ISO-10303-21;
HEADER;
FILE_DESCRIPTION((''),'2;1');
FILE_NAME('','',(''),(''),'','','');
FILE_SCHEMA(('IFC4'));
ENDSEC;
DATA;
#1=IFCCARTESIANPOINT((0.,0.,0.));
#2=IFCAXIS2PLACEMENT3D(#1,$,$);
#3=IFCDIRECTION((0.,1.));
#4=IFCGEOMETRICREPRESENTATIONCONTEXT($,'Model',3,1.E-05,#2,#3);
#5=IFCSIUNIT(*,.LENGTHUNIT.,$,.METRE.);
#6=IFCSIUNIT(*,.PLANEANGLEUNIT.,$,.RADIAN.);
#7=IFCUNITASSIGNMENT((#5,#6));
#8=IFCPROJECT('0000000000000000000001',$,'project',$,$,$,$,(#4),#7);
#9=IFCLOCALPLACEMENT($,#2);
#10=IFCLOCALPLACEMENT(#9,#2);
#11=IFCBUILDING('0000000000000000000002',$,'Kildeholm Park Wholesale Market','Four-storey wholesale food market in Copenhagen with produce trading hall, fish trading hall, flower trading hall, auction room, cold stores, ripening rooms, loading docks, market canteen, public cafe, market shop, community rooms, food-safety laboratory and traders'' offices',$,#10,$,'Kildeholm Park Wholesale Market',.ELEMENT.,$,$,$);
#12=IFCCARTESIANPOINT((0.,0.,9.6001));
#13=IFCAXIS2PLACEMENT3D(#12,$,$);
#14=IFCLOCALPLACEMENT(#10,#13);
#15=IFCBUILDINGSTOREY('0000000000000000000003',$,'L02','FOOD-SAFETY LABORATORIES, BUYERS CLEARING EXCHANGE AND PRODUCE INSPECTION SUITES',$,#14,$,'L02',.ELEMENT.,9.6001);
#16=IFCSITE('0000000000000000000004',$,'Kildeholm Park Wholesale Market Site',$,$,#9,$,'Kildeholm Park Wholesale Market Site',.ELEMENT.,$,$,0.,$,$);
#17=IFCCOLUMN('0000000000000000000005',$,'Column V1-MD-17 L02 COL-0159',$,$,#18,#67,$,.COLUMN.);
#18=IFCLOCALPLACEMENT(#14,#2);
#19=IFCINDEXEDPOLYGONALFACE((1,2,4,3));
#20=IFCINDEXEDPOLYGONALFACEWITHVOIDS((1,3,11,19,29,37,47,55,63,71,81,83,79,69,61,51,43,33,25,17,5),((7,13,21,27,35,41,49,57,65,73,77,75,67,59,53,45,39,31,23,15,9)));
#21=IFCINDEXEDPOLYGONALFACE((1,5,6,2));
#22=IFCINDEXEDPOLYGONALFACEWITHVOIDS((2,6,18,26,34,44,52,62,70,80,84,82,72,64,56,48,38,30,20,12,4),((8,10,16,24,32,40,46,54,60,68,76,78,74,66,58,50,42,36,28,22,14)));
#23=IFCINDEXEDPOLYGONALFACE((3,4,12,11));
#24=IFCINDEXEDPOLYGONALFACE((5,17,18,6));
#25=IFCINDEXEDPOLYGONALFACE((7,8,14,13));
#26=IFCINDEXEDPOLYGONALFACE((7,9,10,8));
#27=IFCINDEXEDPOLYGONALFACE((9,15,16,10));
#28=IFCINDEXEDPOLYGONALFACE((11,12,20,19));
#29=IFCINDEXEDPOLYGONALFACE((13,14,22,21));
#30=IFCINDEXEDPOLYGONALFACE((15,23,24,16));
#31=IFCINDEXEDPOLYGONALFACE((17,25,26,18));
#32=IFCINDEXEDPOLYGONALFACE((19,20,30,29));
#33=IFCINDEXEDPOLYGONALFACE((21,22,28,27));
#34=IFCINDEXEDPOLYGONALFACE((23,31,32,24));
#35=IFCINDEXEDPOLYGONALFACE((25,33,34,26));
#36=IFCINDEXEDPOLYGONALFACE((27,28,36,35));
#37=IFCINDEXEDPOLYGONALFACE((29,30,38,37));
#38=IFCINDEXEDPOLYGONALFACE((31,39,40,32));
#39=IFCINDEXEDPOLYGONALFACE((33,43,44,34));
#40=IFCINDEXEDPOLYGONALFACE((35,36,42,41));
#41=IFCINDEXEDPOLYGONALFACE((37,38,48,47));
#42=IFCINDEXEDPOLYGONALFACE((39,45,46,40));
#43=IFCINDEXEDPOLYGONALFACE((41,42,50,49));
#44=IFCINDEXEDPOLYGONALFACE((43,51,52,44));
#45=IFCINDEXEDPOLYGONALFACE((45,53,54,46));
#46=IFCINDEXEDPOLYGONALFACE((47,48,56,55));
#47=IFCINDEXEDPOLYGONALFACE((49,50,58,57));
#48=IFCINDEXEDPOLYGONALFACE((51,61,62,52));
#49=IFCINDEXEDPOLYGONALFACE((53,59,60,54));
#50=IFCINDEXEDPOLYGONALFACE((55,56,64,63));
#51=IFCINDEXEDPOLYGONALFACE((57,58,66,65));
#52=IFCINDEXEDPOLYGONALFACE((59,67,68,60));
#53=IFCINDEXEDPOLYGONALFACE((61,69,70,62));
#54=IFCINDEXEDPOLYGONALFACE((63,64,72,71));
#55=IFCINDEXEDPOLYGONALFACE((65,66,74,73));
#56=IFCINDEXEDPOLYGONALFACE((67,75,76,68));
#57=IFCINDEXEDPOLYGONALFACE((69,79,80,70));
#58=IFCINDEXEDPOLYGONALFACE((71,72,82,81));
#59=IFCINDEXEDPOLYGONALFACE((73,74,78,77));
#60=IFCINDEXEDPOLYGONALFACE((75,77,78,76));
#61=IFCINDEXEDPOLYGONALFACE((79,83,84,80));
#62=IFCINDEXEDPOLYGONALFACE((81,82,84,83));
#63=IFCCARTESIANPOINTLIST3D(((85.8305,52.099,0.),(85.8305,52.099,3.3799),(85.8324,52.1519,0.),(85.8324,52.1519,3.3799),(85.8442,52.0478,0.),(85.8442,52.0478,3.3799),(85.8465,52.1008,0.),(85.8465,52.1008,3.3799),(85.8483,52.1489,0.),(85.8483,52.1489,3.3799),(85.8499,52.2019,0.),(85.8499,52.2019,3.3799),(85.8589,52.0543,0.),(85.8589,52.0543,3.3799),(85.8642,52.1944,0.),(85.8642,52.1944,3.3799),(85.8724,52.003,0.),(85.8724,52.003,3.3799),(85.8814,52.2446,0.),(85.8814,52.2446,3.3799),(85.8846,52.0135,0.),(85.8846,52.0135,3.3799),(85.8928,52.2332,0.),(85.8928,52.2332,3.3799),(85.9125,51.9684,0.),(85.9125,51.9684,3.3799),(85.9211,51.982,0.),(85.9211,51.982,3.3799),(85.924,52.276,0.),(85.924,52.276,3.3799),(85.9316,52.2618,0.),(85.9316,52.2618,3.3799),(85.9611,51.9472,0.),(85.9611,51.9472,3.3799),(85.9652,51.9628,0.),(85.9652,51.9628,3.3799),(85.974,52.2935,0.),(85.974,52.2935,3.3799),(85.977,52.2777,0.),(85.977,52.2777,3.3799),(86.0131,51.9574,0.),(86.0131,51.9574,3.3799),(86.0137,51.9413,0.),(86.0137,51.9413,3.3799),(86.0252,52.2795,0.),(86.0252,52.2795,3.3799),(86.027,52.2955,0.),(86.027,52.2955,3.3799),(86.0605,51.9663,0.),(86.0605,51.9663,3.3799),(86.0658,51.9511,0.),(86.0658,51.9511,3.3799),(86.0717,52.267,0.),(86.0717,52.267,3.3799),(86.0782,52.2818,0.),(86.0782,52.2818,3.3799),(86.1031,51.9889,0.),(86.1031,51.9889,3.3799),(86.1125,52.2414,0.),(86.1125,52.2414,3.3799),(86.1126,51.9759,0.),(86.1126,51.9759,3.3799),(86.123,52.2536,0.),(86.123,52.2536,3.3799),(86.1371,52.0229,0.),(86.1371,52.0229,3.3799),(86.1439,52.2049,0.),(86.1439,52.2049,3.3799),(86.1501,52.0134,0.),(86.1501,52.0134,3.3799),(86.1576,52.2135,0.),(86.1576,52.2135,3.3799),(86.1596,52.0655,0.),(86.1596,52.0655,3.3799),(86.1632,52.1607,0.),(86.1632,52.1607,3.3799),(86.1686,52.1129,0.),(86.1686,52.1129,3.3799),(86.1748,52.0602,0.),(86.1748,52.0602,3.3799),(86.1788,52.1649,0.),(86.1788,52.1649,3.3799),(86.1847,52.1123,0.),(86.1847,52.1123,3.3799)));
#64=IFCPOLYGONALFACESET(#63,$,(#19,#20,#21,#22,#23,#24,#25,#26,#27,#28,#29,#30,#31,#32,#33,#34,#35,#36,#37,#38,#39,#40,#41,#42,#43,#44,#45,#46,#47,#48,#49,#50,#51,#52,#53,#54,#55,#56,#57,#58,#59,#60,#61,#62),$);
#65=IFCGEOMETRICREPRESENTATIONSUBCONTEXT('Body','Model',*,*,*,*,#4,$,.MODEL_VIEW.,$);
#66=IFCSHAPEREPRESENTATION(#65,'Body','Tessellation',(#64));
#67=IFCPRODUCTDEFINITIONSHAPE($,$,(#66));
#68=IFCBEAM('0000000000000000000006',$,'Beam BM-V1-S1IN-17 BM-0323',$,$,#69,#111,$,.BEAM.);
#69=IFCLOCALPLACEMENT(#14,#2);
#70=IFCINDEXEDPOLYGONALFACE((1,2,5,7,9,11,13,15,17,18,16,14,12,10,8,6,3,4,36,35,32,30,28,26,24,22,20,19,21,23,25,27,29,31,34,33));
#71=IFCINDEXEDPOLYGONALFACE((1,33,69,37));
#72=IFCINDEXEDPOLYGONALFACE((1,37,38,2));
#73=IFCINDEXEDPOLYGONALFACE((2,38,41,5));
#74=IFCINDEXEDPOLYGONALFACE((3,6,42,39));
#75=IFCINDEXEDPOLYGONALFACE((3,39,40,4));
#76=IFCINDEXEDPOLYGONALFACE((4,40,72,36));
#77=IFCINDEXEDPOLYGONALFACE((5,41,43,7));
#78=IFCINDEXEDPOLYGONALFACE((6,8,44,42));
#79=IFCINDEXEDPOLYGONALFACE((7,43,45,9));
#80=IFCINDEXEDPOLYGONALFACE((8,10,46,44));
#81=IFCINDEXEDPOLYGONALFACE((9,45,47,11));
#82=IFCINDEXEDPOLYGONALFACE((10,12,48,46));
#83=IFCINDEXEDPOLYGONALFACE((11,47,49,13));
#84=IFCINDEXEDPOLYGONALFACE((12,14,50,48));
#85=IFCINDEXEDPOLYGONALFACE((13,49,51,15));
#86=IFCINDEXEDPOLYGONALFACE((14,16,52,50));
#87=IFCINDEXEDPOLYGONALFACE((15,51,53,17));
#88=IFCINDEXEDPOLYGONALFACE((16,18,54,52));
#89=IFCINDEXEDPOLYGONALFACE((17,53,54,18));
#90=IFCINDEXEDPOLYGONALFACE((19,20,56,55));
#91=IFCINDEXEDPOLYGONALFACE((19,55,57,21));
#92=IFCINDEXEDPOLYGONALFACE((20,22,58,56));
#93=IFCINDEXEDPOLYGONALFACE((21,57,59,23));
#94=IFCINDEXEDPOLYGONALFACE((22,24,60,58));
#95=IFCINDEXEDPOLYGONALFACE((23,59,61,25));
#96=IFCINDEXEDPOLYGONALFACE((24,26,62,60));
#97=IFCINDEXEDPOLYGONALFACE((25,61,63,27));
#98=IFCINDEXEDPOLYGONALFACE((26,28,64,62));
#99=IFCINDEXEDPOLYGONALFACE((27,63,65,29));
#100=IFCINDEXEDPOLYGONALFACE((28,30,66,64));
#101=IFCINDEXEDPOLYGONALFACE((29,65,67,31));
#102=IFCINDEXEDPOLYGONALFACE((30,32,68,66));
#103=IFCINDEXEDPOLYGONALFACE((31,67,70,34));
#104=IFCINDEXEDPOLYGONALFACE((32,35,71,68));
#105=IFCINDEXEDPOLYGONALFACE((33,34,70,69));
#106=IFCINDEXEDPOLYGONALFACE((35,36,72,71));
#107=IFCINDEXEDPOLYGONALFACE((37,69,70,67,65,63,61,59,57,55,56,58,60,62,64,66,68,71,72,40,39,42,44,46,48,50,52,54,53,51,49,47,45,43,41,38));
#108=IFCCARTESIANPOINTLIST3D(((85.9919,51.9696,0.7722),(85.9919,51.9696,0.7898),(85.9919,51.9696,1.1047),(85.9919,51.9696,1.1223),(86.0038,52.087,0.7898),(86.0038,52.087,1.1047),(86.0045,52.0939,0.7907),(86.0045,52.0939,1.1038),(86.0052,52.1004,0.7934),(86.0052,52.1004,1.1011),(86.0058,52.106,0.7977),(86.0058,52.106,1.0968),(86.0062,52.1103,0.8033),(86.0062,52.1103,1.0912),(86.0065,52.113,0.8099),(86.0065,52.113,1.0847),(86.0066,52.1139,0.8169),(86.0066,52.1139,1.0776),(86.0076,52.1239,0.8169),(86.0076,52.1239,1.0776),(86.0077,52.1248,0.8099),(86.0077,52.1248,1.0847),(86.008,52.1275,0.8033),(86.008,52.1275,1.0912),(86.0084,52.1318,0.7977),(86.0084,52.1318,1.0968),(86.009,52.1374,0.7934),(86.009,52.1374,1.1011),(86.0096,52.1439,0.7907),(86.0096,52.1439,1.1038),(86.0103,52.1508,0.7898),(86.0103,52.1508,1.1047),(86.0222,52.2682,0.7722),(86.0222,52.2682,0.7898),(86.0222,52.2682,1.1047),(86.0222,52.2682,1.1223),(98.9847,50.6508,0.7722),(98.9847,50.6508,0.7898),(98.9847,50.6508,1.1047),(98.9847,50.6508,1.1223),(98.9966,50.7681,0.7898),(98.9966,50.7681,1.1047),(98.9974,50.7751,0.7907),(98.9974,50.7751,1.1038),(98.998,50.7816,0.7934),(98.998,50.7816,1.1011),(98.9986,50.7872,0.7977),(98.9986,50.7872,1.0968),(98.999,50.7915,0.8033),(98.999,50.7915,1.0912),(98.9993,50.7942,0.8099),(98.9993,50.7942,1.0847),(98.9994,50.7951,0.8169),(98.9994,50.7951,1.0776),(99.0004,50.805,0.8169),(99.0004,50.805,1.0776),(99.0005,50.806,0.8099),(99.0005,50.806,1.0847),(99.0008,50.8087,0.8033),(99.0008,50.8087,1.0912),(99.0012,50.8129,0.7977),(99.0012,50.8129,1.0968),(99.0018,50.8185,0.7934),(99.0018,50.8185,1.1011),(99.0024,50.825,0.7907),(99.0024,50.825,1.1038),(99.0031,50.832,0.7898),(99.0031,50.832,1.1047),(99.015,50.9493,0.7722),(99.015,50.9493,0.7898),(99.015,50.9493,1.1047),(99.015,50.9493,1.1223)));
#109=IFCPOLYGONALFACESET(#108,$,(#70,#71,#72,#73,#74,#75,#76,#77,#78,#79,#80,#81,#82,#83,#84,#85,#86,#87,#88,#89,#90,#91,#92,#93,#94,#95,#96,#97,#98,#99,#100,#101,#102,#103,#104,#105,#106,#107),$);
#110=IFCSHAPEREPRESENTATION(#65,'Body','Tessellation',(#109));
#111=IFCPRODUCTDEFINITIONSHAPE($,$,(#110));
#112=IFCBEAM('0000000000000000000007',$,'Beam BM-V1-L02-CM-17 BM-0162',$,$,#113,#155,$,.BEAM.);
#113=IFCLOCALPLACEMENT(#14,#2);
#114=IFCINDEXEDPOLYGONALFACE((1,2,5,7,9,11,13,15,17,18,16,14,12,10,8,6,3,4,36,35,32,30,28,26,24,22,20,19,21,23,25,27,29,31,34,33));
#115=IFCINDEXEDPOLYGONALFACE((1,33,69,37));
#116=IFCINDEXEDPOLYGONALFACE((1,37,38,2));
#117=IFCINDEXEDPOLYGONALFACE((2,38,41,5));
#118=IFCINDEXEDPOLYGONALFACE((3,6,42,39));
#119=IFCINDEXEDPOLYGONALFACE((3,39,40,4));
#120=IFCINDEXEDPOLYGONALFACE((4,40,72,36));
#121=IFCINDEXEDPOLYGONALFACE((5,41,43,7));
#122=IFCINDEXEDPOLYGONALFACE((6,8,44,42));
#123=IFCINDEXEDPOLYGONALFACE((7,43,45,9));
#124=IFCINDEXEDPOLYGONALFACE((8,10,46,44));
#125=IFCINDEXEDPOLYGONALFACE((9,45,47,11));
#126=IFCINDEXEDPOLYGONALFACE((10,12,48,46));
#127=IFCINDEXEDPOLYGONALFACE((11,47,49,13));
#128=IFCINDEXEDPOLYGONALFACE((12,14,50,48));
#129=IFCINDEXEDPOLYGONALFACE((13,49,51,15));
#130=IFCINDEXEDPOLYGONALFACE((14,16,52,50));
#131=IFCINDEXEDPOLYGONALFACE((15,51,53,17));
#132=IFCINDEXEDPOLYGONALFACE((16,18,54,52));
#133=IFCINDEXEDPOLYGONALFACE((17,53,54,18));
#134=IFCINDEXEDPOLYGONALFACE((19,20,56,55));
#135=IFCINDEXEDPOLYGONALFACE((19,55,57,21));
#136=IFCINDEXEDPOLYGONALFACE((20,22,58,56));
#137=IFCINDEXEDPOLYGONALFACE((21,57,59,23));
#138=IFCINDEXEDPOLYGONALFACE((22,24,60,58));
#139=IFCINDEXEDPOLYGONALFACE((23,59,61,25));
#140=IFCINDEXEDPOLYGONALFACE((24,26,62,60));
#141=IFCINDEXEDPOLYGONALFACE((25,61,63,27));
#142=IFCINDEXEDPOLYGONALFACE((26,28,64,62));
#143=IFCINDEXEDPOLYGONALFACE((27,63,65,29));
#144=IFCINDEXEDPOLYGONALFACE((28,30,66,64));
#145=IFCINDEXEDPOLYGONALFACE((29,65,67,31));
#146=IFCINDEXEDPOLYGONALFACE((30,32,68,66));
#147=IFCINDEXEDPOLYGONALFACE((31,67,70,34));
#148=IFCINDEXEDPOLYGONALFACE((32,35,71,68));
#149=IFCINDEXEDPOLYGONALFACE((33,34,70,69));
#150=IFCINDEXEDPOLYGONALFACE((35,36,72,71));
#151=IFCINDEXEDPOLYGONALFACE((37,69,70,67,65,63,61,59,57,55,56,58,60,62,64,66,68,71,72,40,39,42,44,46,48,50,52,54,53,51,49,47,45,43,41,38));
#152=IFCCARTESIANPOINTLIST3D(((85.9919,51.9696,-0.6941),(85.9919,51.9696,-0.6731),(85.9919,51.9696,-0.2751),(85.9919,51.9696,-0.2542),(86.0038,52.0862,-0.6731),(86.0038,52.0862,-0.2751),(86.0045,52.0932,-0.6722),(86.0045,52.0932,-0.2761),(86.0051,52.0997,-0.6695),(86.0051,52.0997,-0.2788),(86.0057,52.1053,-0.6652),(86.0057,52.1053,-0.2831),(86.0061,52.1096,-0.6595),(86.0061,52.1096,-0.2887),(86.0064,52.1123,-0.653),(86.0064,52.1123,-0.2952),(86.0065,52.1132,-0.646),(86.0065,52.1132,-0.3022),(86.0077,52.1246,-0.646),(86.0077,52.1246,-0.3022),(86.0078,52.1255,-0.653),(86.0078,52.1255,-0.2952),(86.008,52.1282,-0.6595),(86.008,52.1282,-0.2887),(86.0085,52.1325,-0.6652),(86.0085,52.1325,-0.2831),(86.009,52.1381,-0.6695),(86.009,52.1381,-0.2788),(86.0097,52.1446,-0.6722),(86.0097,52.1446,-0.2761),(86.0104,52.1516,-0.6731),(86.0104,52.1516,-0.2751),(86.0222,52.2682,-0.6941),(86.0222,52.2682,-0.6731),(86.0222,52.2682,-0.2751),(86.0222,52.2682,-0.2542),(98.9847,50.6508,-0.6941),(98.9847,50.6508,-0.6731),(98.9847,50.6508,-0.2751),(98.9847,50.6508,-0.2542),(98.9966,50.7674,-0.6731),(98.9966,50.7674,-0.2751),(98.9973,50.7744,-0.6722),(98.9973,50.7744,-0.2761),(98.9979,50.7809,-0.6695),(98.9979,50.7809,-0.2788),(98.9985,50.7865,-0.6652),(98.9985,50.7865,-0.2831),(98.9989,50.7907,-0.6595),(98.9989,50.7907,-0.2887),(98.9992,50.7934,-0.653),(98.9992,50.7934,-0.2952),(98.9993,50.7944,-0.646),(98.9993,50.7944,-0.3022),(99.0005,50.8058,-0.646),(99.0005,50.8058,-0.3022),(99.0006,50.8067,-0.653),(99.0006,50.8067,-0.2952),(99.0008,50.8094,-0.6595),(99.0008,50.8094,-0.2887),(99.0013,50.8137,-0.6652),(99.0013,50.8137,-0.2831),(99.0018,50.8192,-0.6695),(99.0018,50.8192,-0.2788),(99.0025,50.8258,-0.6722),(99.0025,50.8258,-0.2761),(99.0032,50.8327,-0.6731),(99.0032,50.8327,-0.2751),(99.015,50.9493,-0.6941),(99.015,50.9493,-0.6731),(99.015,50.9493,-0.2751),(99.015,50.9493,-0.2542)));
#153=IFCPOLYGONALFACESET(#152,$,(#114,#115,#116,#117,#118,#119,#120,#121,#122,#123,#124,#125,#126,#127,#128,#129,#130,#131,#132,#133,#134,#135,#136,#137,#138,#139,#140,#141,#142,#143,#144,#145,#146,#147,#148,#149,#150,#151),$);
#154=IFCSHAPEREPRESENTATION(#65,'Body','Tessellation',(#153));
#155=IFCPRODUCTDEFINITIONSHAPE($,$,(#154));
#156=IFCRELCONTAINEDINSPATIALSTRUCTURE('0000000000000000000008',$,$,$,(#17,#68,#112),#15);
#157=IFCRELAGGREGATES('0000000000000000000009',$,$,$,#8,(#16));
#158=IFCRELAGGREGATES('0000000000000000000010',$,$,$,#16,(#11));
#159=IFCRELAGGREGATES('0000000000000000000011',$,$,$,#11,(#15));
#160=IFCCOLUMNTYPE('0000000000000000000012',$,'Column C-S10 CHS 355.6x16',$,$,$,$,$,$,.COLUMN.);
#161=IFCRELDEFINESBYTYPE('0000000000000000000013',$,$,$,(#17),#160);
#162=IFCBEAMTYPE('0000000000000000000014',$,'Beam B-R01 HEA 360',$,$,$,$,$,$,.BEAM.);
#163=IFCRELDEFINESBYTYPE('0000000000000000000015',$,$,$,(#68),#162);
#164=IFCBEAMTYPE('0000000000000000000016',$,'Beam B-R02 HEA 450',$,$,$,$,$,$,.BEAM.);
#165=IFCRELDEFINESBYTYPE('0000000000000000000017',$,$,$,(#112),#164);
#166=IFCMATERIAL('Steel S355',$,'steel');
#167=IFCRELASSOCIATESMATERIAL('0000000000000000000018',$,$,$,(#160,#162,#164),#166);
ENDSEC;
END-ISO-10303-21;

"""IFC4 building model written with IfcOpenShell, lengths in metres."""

from ifc_helpers import new_model, si_unit, direction, frame, origin, origin_2d, place, context, subcontext, project, spatial, hollow_circle, i_section, extrude, material, material_profile, profile_set, type_object, element, save


model = new_model("IFC4")

# Units and contexts
model_context = context("Model", 3, precision=1e-05, world=origin(), true_north=direction((0.0, 1.0)))
body_context = subcontext(model_context, "Body", "Model", "MODEL_VIEW")
ifc_project = project(units=[si_unit("LENGTHUNIT", "METRE"), si_unit("PLANEANGLEUNIT", "RADIAN")], contexts=[model_context])

# Site, building, storey
site_placement = place(None, origin())
site = spatial("IfcSite", under=ifc_project, at=site_placement, Name="Kildeholm Park Wholesale Market Site", LongName="Kildeholm Park Wholesale Market Site", CompositionType="ELEMENT", RefElevation=0.0)
building_placement = place(site_placement, origin())
building = spatial("IfcBuilding", under=site, at=building_placement, Name="Kildeholm Park Wholesale Market", Description="Four-storey wholesale food market in Copenhagen with produce trading hall, fish trading hall, flower trading hall, auction room, cold stores, ripening rooms, loading docks, market canteen, public cafe, market shop, community rooms, food-safety laboratory and traders' offices", LongName="Kildeholm Park Wholesale Market", CompositionType="ELEMENT")
storey_placement = place(building_placement, frame((0.0, 0.0, 9.6001)))
storey = spatial("IfcBuildingStorey", under=building, at=storey_placement, Name="L02", Description="FOOD-SAFETY LABORATORIES, BUYERS CLEARING EXCHANGE AND PRODUCE INSPECTION SUITES", LongName="L02", CompositionType="ELEMENT", Elevation=9.6001)

# Column
ifc_material_1 = material(Name="Steel S355", Category="steel")
ifc_material_profile_1 = material_profile(ifc_material_1, hollow_circle(Radius=0.1777, WallThickness=0.0161, at=origin_2d()), Name="CHS 355.6x16")
ifc_profile_set_1 = profile_set([ifc_material_profile_1], Name="Steel S355")
column_type = type_object("IfcColumnType", Name="Column C-S10 CHS 355.6x16", PredefinedType="COLUMN", material=ifc_profile_set_1)
column_placement = place(storey_placement, frame((86.0071, 52.1189, 0.0), z_axis=(0.0, 0.0, 1.0), x_axis=(-0.258819, -0.965926, 0.0)))
element("IfcColumn", 1, at=column_placement, inside=storey, type_object=column_type, Name="Column V1-MD-17 L02 COL-0159", PredefinedType="COLUMN", context=body_context, shape_type="SweptSolid", body=[
    extrude(hollow_circle(Radius=0.1777, WallThickness=0.0161, at=origin_2d()), origin(), (0.0, 0.0, 1.0), 3.3799),
])

# Beams
ifc_material_profile_2 = material_profile(ifc_material_1, i_section(OverallWidth=0.3, OverallDepth=0.3501, WebThickness=0.01, FlangeThickness=0.0176, FilletRadius=0.0271, at=origin_2d()), Name="HEA 360")
ifc_profile_set_2 = profile_set([ifc_material_profile_2], Name="Steel S355")
beam_type_1 = type_object("IfcBeamType", Name="Beam B-R01 HEA 360", PredefinedType="BEAM", material=ifc_profile_set_2)
beam_1_placement = place(storey_placement, frame((86.0071, 52.1189, 0.9473), z_axis=(0.994888, -0.100986, 0.0), x_axis=(0.100986, 0.994888, 0.0)))
element("IfcBeam", 2, at=beam_1_placement, inside=storey, type_object=beam_type_1, Name="Beam BM-V1-S1IN-17 BM-0323", PredefinedType="BEAM", context=body_context, shape_type="SweptSolid", body=[
    extrude(i_section(OverallWidth=0.3, OverallDepth=0.3501, WebThickness=0.01, FlangeThickness=0.0176, FilletRadius=0.0271, at=origin_2d()), origin(), (0.0, 0.0, 1.0), 13.0596),
])
ifc_material_profile_3 = material_profile(ifc_material_1, i_section(OverallWidth=0.3, OverallDepth=0.4399, WebThickness=0.0115, FlangeThickness=0.021, FilletRadius=0.0271, at=origin_2d()), Name="HEA 450")
ifc_profile_set_3 = profile_set([ifc_material_profile_3], Name="Steel S355")
beam_type_2 = type_object("IfcBeamType", Name="Beam B-R02 HEA 450", PredefinedType="BEAM", material=ifc_profile_set_3)
beam_2_placement = place(storey_placement, frame((86.0071, 52.1189, -0.4741), z_axis=(0.994888, -0.100986, 0.0), x_axis=(0.100986, 0.994888, 0.0)))
element("IfcBeam", 3, at=beam_2_placement, inside=storey, type_object=beam_type_2, Name="Beam BM-V1-L02-CM-17 BM-0162", PredefinedType="BEAM", context=body_context, shape_type="SweptSolid", body=[
    extrude(i_section(OverallWidth=0.3, OverallDepth=0.4399, WebThickness=0.0115, FlangeThickness=0.021, FilletRadius=0.0271, at=origin_2d()), origin(), (0.0, 0.0, 1.0), 13.0596),
])

save(model, "model.ifc")
